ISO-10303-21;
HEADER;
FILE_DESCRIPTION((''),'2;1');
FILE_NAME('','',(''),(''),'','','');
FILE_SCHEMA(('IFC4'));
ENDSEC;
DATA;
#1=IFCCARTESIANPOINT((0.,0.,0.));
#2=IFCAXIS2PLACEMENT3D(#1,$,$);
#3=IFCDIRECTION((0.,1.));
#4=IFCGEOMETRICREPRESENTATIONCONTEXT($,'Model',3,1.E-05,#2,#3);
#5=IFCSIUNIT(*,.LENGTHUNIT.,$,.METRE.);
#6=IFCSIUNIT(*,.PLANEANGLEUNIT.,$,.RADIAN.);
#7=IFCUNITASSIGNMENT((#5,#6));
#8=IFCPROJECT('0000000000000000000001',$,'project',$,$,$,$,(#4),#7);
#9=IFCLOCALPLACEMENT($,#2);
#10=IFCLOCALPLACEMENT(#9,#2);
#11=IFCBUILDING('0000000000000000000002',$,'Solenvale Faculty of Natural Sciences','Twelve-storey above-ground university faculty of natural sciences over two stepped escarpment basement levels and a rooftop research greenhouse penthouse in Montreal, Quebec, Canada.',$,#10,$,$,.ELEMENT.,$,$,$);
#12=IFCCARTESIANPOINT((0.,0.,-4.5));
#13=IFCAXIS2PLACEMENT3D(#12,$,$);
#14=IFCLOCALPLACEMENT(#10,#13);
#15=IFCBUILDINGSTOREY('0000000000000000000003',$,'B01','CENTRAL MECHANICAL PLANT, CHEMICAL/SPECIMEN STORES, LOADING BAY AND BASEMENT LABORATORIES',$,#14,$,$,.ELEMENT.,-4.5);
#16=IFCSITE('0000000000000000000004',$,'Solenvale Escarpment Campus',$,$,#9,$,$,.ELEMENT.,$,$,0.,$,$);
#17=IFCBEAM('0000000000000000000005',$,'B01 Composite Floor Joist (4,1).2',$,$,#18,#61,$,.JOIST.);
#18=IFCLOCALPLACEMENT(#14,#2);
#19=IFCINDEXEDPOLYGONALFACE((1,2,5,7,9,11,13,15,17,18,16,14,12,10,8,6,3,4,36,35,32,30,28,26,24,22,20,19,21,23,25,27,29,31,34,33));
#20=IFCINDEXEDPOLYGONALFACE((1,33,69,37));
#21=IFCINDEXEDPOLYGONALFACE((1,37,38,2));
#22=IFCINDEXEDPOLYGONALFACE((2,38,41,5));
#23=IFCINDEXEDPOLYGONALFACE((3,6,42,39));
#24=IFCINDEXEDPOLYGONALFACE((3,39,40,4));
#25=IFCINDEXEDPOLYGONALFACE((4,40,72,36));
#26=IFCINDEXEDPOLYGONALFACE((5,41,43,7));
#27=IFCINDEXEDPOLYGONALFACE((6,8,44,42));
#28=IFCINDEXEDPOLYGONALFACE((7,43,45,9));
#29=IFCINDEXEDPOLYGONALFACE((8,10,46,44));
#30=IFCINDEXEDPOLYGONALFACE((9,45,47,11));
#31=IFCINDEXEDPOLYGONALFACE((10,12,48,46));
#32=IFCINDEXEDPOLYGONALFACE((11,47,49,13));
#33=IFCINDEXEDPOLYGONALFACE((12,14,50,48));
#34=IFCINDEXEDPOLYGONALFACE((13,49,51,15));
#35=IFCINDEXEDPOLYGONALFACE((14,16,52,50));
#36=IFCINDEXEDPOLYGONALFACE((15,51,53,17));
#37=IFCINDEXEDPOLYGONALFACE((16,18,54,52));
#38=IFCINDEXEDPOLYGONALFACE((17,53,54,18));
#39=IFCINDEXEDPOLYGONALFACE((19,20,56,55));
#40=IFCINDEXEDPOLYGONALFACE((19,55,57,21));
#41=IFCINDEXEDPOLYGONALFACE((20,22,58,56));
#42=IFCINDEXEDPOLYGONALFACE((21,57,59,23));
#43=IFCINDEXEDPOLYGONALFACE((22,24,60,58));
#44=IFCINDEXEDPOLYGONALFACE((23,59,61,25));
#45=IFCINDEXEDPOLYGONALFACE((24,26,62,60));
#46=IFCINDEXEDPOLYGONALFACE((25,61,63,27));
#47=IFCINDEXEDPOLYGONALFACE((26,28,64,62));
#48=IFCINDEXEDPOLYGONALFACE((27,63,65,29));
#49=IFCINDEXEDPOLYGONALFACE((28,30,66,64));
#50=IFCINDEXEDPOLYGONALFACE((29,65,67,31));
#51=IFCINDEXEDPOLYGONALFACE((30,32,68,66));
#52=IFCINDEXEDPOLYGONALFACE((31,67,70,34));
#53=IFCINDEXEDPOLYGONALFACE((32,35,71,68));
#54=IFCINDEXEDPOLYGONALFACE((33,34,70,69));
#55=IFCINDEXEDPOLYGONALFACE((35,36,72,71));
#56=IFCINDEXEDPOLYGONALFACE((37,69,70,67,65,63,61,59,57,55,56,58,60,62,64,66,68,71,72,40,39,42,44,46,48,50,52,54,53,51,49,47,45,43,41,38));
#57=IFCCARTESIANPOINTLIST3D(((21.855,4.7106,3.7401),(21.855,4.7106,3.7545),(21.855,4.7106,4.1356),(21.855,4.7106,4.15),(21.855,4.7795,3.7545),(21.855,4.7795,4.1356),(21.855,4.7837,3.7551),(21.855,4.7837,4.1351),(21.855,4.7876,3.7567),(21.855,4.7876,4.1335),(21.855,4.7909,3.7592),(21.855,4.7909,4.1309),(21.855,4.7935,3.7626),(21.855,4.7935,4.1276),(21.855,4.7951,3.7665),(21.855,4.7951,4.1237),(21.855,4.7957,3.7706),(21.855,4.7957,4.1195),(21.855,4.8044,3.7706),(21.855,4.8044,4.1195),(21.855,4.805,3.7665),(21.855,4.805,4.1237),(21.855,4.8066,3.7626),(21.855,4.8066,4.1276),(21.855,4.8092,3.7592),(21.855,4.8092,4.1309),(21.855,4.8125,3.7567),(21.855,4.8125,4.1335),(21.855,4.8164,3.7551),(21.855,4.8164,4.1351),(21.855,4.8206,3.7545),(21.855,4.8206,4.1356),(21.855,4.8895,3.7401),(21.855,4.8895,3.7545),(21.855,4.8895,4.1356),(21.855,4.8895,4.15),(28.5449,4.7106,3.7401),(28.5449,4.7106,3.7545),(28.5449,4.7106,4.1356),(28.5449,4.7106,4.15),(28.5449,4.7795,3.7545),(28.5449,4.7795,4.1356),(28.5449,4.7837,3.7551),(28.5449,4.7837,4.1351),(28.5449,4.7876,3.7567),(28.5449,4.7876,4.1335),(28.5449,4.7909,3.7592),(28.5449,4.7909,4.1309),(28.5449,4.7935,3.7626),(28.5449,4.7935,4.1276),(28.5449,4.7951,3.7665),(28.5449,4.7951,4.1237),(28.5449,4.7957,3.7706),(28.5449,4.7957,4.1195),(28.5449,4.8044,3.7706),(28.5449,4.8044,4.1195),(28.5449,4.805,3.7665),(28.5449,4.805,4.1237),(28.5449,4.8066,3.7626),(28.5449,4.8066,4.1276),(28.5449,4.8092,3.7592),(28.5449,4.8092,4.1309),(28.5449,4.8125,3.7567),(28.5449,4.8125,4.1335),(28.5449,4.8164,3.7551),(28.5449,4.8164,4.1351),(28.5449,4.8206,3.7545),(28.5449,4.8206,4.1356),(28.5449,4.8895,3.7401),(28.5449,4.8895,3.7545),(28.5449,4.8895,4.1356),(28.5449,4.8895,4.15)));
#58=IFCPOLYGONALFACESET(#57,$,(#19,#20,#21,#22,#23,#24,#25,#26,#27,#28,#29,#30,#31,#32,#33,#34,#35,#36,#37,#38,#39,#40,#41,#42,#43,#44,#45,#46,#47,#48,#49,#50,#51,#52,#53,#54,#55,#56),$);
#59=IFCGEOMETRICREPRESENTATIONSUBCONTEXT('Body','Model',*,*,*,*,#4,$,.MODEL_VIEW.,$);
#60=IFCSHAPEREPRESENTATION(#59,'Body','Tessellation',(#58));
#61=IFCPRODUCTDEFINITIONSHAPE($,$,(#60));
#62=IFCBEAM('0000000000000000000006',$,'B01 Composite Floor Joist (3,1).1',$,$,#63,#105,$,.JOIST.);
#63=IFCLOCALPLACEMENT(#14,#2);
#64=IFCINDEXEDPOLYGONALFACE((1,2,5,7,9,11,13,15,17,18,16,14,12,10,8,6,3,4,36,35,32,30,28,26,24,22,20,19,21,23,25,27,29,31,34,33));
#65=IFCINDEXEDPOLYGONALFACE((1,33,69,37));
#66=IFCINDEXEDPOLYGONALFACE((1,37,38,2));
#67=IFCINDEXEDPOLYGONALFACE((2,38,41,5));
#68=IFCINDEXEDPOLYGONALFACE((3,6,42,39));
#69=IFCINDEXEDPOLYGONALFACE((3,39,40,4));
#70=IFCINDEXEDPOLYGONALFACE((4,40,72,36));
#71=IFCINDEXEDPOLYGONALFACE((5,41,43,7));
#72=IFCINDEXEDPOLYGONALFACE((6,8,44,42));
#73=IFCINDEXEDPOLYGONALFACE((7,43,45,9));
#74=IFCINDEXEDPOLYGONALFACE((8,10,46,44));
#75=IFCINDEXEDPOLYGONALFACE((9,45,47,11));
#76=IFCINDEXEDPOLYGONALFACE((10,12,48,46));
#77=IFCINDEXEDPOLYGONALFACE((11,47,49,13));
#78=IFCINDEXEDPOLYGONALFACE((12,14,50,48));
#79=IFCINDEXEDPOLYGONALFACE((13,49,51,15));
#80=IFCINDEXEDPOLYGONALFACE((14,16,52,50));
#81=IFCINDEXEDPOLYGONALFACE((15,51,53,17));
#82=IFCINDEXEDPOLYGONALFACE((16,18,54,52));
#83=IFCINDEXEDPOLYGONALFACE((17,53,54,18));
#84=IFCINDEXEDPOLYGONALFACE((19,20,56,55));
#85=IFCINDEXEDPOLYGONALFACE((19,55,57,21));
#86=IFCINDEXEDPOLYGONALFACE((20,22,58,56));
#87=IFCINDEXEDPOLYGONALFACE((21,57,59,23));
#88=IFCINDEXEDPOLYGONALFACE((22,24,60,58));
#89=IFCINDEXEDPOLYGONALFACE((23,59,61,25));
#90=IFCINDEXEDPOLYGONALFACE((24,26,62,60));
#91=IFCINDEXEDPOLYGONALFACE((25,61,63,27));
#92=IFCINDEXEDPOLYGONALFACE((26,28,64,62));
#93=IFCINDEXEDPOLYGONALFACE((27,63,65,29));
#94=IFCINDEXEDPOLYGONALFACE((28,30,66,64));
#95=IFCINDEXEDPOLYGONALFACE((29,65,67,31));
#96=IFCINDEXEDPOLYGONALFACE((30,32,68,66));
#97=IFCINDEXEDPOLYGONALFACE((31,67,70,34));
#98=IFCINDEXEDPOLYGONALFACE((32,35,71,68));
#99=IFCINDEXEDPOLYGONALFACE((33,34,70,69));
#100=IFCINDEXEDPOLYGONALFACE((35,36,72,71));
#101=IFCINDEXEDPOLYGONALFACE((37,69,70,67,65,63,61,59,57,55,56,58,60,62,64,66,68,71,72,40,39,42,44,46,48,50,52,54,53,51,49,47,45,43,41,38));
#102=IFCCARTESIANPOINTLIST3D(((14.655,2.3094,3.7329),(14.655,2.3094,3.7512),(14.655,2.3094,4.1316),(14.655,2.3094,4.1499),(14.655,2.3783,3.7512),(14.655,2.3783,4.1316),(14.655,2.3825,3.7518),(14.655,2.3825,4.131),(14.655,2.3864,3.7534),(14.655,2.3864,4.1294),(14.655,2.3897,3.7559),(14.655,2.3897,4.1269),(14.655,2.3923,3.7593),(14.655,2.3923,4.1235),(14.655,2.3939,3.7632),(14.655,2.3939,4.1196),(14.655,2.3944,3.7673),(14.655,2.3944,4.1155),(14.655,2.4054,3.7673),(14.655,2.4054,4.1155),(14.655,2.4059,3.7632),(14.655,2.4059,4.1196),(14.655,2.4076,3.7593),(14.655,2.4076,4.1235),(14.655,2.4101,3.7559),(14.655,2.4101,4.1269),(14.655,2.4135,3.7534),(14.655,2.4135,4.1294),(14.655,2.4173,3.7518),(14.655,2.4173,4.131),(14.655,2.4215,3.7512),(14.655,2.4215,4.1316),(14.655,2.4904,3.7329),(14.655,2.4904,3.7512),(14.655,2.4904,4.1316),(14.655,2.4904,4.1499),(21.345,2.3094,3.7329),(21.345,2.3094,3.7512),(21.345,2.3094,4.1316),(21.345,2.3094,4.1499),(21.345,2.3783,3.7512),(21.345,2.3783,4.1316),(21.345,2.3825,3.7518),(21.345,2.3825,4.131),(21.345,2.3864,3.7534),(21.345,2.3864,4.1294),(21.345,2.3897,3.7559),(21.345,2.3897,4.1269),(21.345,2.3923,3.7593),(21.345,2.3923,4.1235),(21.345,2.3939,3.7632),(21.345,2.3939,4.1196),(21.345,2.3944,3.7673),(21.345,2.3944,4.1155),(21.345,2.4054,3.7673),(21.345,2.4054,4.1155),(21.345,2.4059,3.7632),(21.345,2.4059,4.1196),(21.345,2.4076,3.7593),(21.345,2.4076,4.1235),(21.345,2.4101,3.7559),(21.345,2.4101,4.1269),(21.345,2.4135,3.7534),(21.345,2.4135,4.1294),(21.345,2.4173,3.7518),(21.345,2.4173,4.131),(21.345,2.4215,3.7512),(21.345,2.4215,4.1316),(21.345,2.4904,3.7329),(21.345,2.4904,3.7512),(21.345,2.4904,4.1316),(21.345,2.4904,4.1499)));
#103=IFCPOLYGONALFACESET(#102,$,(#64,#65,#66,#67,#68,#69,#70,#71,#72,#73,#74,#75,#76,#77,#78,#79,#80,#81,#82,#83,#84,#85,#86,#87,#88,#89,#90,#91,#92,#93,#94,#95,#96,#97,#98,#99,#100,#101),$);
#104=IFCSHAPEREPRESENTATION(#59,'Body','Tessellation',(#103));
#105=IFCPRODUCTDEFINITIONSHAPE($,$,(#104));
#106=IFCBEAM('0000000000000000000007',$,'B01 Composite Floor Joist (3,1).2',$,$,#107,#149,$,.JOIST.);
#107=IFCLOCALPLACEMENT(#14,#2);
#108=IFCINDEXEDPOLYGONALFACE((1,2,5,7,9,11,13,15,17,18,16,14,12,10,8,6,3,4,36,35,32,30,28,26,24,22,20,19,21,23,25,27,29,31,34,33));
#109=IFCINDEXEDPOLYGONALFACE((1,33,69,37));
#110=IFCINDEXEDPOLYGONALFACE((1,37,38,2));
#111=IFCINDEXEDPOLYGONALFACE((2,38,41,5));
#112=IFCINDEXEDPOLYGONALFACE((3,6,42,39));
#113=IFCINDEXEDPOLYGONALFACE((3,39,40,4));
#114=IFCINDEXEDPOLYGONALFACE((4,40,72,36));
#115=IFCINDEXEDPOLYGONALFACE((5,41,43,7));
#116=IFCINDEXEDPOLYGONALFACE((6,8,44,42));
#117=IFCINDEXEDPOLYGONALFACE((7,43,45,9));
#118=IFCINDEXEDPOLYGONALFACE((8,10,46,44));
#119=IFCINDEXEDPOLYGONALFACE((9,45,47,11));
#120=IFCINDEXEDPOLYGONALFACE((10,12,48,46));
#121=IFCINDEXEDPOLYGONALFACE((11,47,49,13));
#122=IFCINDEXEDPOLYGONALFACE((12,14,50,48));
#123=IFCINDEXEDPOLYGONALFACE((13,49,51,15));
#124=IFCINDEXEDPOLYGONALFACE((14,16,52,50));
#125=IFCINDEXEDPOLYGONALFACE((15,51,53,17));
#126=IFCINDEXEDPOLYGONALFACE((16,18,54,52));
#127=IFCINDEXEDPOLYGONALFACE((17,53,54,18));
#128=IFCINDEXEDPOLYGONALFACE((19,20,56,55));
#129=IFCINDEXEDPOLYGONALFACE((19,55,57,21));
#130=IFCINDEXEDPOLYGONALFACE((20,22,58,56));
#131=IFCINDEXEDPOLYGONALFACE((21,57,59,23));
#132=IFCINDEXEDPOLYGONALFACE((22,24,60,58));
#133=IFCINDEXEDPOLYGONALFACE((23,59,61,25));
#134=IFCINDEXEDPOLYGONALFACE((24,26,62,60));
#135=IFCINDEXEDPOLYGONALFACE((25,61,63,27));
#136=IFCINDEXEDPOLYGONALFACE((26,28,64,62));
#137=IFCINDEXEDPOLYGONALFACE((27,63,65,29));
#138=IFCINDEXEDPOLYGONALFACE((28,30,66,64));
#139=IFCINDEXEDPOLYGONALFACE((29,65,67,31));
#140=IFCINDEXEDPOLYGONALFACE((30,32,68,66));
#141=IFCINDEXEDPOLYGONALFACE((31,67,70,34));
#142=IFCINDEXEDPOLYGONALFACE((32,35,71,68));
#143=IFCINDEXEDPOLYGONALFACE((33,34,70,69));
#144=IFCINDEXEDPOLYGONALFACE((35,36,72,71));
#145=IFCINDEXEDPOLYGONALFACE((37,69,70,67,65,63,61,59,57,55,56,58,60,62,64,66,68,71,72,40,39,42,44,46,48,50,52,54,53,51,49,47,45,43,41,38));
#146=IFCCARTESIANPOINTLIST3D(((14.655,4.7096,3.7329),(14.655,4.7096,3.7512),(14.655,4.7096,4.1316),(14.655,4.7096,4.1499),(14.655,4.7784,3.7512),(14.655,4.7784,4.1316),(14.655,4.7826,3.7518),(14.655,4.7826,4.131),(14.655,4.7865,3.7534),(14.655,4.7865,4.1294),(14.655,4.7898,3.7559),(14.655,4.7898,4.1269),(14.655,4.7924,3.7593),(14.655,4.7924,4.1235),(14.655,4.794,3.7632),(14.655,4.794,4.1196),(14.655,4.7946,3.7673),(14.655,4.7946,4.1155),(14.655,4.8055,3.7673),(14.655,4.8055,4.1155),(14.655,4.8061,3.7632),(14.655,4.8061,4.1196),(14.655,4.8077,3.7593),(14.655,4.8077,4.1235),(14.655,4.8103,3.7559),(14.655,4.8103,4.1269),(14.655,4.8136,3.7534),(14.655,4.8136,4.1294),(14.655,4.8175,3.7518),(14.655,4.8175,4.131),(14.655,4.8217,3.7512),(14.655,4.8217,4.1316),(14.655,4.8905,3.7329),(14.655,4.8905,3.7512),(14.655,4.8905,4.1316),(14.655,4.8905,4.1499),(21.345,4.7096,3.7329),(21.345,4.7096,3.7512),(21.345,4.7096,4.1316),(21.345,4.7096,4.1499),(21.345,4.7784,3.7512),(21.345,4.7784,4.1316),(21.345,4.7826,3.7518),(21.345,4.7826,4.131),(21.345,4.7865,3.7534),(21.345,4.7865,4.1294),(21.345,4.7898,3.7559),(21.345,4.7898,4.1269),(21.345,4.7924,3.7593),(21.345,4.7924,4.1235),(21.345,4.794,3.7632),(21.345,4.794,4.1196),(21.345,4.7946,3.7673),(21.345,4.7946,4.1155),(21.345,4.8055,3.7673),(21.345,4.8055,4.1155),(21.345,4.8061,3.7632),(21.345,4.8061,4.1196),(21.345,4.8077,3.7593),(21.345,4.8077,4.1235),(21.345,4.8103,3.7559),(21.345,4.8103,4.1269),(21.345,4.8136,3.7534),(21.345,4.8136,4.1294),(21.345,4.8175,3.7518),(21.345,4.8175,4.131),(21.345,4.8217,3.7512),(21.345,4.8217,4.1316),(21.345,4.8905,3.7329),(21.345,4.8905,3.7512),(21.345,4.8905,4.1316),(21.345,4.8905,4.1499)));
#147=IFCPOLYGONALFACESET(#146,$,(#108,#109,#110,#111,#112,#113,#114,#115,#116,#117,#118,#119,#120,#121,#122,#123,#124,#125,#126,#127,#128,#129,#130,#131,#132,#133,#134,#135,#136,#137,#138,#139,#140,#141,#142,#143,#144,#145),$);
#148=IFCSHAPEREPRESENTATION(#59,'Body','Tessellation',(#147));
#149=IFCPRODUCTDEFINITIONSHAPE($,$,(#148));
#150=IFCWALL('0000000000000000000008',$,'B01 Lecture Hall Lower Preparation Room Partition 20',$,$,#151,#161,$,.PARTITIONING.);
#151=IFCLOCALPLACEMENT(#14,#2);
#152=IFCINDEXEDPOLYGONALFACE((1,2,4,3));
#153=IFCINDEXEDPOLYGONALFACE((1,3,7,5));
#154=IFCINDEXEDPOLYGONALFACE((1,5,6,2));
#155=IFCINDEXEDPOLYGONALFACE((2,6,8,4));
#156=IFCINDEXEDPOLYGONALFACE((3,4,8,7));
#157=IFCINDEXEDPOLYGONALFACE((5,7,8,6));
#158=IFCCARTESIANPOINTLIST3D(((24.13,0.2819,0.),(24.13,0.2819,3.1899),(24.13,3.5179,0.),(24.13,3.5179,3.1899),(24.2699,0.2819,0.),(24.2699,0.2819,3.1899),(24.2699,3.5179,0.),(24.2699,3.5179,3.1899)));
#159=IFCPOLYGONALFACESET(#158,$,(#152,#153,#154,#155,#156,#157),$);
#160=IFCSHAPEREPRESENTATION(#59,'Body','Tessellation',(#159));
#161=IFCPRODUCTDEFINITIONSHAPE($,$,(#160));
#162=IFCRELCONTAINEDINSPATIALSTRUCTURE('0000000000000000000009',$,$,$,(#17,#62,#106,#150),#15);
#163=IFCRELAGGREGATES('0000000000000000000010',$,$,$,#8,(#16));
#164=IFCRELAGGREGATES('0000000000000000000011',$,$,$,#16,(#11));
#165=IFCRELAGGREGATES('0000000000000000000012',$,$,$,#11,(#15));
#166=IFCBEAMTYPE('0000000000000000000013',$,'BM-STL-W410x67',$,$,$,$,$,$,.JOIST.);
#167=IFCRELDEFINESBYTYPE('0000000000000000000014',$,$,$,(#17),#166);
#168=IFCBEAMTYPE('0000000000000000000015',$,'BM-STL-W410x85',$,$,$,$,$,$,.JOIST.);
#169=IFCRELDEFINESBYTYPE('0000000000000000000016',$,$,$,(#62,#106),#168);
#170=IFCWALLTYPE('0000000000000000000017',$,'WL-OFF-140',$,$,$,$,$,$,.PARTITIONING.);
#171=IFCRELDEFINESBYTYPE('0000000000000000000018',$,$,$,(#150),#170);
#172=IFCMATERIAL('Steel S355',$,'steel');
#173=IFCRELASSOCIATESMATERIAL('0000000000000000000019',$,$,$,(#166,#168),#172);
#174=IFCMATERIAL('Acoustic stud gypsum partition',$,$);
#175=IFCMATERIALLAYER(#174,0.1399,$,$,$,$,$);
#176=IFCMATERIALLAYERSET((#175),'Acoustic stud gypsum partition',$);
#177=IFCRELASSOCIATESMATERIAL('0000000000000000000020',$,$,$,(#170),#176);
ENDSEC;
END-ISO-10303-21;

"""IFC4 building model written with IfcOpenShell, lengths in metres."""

from ifc_helpers import new_model, si_unit, direction, frame, frame_2d, origin, origin_2d, place, context, subcontext, project, spatial, rectangle, i_section, extrude, material, layer, layer_set, material_profile, profile_set, type_object, element, save


model = new_model("IFC4")

# Units and contexts
model_context = context("Model", 3, precision=1e-05, world=origin(), true_north=direction((0.0, 1.0)))
body_context = subcontext(model_context, "Body", "Model", "MODEL_VIEW")
ifc_project = project(units=[si_unit("LENGTHUNIT", "METRE"), si_unit("PLANEANGLEUNIT", "RADIAN")], contexts=[model_context])

# Site, building, storey
site_placement = place(None, origin())
site = spatial("IfcSite", under=ifc_project, at=site_placement, Name="Solenvale Escarpment Campus", CompositionType="ELEMENT", RefElevation=0.0)
building_placement = place(site_placement, origin())
building = spatial("IfcBuilding", under=site, at=building_placement, Name="Solenvale Faculty of Natural Sciences", Description="Twelve-storey above-ground university faculty of natural sciences over two stepped escarpment basement levels and a rooftop research greenhouse penthouse in Montreal, Quebec, Canada.", CompositionType="ELEMENT")
storey_placement = place(building_placement, frame((0.0, 0.0, -4.5)))
storey = spatial("IfcBuildingStorey", under=building, at=storey_placement, Name="B01", Description="CENTRAL MECHANICAL PLANT, CHEMICAL/SPECIMEN STORES, LOADING BAY AND BASEMENT LABORATORIES", CompositionType="ELEMENT", Elevation=-4.5)

# Beams
ifc_material_1 = material(Name="Steel S355", Category="steel")
ifc_material_profile_1 = material_profile(ifc_material_1, i_section(OverallWidth=0.179, OverallDepth=0.4099, WebThickness=0.0088, FlangeThickness=0.0144, FilletRadius=0.0161, at=origin_2d()), Name="W410x67")
ifc_profile_set_1 = profile_set([ifc_material_profile_1], Name="Steel S355")
beam_type_1 = type_object("IfcBeamType", Name="BM-STL-W410x67", PredefinedType="JOIST", material=ifc_profile_set_1)
for number, where, z_axis, x_axis, name in (
    (1, (21.855, 4.8, 3.9451), (1.0, 0.0, 0.0), (0.0, 1.0, 0.0), "B01 Composite Floor Joist (4,1).2"),
):
    element("IfcBeam", number, at=place(storey_placement, frame(where, z_axis=z_axis, x_axis=x_axis)), inside=storey, type_object=beam_type_1, Name=name, PredefinedType="JOIST", context=body_context, shape_type="SweptSolid", body=[
        extrude(i_section(OverallWidth=0.179, OverallDepth=0.4099, WebThickness=0.0088, FlangeThickness=0.0144, FilletRadius=0.0161, at=origin_2d()), origin(), (0.0, 0.0, 1.0), 6.6899),
    ])
ifc_material_profile_2 = material_profile(ifc_material_1, i_section(OverallWidth=0.1809, OverallDepth=0.417, WebThickness=0.011, FlangeThickness=0.0183, FilletRadius=0.0161, at=origin_2d()), Name="W410x85")
ifc_profile_set_2 = profile_set([ifc_material_profile_2], Name="Steel S355")
beam_type_2 = type_object("IfcBeamType", Name="BM-STL-W410x85", PredefinedType="JOIST", material=ifc_profile_set_2)
for number, where, z_axis, x_axis, name in (
    (2, (14.655, 2.3999, 3.9414), (1.0, 0.0, 0.0), (0.0, 1.0, 0.0), "B01 Composite Floor Joist (3,1).1"),
    (3, (14.655, 4.8, 3.9414), (1.0, 0.0, 0.0), (0.0, 1.0, 0.0), "B01 Composite Floor Joist (3,1).2"),
):
    element("IfcBeam", number, at=place(storey_placement, frame(where, z_axis=z_axis, x_axis=x_axis)), inside=storey, type_object=beam_type_2, Name=name, PredefinedType="JOIST", context=body_context, shape_type="SweptSolid", body=[
        extrude(i_section(OverallWidth=0.1809, OverallDepth=0.417, WebThickness=0.011, FlangeThickness=0.0183, FilletRadius=0.0161, at=origin_2d()), origin(), (0.0, 0.0, 1.0), 6.6899),
    ])

# Wall
ifc_material_2 = material(Name="Acoustic stud gypsum partition")
ifc_layer = layer(ifc_material_2, 0.1399)
ifc_layer_set = layer_set([ifc_layer], Name="Acoustic stud gypsum partition")
wall_type = type_object("IfcWallType", Name="WL-OFF-140", PredefinedType="PARTITIONING", material=ifc_layer_set)
wall_placement = place(storey_placement, frame((24.2, 3.5181, 0.0), z_axis=(0.0, 0.0, 1.0), x_axis=(0.0, -1.0, 0.0)))
element("IfcWall", 4, at=wall_placement, inside=storey, type_object=wall_type, Name="B01 Lecture Hall Lower Preparation Room Partition 20", PredefinedType="PARTITIONING", context=body_context, shape_type="SweptSolid", body=[
    extrude(rectangle(XDim=3.2361, YDim=0.1399, at=frame_2d((1.6182, 0.0))), origin(), (0.0, 0.0, 1.0), 3.1899),
])

save(model, "model.ifc")
